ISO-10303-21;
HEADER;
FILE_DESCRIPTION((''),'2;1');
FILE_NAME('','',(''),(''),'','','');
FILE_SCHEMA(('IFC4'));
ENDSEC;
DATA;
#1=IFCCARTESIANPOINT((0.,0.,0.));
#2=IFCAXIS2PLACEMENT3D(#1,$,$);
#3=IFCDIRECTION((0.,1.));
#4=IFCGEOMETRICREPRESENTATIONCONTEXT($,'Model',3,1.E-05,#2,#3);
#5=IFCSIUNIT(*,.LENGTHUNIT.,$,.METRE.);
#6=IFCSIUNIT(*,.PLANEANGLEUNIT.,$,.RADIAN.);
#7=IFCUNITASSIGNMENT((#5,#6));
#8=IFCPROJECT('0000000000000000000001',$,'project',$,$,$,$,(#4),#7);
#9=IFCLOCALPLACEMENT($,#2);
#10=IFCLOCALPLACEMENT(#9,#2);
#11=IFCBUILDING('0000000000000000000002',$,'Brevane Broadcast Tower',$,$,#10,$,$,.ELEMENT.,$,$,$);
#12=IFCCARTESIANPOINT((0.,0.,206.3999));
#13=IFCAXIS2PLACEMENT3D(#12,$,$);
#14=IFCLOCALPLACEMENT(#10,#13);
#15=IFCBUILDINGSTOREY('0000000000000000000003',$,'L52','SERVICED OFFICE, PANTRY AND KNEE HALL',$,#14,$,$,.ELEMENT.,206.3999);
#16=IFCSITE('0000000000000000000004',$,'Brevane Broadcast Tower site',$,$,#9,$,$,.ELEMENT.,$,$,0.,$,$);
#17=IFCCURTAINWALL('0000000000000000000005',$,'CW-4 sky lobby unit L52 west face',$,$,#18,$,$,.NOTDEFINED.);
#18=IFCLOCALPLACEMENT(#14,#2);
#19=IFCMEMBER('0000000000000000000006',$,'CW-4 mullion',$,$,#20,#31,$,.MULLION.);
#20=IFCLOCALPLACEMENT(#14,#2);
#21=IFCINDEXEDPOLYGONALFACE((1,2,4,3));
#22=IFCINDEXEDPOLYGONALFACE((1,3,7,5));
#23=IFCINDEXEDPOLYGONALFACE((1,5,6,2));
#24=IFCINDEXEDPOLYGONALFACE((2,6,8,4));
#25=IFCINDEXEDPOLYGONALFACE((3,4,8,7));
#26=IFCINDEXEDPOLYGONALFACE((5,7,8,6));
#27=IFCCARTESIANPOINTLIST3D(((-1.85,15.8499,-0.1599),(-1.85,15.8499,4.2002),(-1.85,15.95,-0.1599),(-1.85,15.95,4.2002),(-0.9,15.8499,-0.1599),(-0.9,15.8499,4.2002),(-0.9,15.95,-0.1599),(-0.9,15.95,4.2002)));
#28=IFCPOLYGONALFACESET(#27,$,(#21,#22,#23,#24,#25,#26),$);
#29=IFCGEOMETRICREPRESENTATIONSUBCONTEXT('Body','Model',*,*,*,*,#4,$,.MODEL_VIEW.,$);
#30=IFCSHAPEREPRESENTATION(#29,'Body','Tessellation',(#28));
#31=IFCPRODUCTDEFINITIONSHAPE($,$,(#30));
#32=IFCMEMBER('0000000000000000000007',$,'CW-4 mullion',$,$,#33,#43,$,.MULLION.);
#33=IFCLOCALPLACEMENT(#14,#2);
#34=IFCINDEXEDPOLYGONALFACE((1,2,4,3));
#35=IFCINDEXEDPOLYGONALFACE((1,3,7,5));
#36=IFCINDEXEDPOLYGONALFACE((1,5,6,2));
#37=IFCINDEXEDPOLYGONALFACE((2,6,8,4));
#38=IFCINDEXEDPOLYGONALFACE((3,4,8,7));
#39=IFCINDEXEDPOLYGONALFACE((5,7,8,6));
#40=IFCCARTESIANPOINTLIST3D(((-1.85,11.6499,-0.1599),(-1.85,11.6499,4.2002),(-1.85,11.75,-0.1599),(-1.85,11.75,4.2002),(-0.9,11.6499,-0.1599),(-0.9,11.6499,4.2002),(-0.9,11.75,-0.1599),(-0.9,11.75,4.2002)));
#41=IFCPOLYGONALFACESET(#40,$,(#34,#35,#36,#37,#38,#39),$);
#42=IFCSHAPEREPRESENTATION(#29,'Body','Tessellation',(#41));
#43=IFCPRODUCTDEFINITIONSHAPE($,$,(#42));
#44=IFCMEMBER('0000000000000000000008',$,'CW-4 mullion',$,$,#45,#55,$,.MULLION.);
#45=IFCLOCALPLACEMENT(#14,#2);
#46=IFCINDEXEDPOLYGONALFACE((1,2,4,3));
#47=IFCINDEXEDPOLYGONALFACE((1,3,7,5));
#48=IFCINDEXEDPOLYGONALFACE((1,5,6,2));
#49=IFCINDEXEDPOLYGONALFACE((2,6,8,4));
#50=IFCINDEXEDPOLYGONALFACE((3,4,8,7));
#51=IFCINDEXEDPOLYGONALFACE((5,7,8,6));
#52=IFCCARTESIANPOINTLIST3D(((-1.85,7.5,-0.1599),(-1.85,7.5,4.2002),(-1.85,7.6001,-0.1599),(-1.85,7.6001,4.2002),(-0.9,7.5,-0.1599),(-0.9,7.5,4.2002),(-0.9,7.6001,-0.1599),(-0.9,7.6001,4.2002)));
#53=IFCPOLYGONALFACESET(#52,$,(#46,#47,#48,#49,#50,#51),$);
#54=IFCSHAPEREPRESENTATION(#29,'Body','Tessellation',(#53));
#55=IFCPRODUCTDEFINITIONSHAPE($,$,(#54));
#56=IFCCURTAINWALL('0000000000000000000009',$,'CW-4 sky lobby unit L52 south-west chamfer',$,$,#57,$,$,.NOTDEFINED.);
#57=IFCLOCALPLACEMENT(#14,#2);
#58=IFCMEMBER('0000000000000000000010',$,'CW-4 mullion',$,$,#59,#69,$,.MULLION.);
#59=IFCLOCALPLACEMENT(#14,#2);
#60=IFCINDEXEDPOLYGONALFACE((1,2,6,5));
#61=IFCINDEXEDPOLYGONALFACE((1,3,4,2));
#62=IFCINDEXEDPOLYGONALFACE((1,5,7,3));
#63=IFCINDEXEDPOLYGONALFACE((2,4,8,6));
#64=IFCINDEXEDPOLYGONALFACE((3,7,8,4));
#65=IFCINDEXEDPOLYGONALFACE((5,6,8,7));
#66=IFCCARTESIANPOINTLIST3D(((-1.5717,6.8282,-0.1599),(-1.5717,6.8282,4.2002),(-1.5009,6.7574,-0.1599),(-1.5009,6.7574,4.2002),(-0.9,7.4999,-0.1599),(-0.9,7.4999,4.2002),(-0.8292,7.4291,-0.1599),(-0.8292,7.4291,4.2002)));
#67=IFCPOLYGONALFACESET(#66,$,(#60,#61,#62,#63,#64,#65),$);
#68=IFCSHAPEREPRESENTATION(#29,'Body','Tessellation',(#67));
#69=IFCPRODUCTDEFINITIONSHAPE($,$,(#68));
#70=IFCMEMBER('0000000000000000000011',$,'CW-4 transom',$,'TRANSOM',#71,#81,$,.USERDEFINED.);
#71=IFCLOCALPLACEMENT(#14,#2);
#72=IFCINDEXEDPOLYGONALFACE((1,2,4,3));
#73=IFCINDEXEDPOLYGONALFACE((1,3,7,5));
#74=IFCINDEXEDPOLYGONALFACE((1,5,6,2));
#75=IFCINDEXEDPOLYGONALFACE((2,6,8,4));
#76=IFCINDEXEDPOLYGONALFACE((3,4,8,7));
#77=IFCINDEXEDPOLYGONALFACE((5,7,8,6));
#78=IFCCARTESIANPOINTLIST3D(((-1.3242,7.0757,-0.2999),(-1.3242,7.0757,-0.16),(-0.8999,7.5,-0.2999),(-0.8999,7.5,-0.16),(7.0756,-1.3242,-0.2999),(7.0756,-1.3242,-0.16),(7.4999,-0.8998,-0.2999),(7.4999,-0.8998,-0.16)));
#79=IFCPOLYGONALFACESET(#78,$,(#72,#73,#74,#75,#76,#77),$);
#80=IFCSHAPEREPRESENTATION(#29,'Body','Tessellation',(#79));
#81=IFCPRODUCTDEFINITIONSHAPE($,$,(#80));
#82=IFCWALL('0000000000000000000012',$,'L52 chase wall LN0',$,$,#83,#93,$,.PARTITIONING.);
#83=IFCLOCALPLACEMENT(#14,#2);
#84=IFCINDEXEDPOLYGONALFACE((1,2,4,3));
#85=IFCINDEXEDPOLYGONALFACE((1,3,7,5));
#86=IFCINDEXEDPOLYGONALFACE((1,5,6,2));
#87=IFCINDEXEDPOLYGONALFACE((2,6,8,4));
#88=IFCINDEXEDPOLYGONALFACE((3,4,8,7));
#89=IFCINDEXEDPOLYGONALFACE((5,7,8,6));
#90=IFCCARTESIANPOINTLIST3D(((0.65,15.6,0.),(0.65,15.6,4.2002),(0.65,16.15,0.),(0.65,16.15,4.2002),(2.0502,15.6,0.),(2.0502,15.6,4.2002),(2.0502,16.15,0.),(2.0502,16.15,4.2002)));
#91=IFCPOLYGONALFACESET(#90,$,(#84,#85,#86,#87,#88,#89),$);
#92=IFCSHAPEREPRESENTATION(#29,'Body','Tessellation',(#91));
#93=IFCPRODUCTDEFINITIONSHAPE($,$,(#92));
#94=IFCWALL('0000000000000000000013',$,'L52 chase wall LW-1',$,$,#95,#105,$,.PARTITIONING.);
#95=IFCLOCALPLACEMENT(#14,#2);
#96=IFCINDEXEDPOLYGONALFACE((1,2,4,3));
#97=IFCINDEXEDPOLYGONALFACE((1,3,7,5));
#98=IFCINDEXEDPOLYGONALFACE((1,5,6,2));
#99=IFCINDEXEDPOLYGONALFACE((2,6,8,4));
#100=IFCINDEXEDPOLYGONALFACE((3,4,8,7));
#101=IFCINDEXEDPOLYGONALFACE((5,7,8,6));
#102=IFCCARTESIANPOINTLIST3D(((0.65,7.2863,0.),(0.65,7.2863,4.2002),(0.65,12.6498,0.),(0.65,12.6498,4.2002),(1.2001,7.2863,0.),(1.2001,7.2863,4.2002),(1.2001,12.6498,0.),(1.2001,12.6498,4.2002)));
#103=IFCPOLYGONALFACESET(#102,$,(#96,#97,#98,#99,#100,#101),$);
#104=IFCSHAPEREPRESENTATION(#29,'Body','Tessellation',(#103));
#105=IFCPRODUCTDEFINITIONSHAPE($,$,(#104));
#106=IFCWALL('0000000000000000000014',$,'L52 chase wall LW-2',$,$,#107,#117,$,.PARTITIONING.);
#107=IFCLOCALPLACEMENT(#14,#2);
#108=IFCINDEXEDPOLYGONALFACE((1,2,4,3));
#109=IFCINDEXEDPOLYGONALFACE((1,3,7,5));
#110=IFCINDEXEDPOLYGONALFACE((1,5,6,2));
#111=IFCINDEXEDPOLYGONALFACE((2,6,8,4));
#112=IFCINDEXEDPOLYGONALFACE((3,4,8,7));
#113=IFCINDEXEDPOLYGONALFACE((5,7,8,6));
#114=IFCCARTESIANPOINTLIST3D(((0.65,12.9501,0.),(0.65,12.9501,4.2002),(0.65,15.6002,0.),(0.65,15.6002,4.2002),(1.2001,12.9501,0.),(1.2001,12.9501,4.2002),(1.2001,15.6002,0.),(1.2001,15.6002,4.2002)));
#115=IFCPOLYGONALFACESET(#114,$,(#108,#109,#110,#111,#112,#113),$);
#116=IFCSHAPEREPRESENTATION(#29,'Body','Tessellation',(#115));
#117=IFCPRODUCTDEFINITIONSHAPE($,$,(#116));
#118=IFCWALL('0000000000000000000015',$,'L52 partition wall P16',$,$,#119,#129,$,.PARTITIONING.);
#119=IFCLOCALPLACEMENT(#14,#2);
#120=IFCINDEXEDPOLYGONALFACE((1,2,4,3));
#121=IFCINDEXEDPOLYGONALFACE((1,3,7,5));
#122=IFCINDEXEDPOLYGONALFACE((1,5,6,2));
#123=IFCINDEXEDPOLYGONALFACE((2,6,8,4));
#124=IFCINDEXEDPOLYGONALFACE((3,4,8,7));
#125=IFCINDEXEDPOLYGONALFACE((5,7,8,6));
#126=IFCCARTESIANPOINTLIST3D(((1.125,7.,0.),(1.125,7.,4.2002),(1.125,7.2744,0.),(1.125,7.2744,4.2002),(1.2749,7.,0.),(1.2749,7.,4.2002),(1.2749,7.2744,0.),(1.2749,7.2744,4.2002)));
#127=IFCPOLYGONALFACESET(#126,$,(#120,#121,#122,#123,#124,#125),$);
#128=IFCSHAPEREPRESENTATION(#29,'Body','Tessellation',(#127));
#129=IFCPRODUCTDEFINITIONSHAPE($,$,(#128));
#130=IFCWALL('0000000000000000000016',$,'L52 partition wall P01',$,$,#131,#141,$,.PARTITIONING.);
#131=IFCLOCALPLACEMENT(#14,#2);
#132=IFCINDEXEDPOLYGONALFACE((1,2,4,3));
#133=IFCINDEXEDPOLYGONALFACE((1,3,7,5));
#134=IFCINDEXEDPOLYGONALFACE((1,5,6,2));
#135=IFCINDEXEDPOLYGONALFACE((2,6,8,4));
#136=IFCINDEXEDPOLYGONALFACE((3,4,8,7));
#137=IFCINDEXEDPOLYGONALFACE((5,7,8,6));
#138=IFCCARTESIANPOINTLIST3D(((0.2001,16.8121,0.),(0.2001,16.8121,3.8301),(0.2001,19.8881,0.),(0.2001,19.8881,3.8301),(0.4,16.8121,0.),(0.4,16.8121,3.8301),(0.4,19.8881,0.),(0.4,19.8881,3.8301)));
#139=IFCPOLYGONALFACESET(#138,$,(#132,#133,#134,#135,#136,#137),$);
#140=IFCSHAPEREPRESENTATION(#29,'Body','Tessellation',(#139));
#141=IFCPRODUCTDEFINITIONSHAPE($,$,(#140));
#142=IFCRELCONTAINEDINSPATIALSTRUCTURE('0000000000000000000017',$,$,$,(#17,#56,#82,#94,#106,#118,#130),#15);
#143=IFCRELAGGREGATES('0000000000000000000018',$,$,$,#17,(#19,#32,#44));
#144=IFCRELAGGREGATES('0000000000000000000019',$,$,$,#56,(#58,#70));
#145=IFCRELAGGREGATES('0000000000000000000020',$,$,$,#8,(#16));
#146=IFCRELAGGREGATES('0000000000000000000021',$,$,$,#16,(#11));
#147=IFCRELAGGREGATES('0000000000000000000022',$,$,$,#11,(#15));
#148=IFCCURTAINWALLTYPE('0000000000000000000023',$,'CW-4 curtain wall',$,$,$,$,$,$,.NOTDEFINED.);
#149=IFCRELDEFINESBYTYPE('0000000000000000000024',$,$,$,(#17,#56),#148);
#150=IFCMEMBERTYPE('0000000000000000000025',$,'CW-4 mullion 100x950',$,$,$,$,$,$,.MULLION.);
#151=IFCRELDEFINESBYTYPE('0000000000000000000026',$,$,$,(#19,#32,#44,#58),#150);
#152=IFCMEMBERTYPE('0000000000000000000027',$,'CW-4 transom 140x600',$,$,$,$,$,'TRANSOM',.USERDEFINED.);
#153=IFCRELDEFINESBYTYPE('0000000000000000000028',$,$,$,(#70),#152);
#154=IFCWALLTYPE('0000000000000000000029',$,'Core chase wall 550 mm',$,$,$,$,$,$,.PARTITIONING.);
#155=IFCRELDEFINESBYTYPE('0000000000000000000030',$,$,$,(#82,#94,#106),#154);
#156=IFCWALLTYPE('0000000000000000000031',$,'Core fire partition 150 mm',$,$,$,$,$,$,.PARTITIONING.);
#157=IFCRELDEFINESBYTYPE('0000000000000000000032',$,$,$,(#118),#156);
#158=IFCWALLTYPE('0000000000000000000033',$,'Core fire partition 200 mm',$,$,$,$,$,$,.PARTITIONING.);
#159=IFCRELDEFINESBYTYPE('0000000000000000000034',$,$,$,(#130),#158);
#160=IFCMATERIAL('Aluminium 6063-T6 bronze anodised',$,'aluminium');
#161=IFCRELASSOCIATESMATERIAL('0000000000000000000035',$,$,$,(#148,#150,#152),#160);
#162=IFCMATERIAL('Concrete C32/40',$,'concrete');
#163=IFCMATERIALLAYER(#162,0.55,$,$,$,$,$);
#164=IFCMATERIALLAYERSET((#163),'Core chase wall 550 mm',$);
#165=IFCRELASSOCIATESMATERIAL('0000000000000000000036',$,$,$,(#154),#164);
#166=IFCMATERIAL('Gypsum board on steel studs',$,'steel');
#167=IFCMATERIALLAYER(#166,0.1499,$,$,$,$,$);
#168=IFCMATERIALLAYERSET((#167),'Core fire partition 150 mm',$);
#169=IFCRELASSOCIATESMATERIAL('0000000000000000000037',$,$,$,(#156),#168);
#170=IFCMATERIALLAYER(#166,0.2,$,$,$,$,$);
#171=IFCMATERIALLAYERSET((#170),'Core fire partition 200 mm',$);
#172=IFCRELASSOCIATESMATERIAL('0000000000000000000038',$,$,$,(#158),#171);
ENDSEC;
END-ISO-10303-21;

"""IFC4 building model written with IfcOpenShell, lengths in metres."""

from ifc_helpers import new_model, si_unit, direction, frame, frame_2d, origin, origin_2d, place, context, subcontext, project, spatial, rectangle, extrude, material, layer, layer_set, material_profile, profile_set, type_object, element, aggregate, save


model = new_model("IFC4")

# Units and contexts
model_context = context("Model", 3, precision=1e-05, world=origin(), true_north=direction((0.0, 1.0)))
body_context = subcontext(model_context, "Body", "Model", "MODEL_VIEW")
ifc_project = project(units=[si_unit("LENGTHUNIT", "METRE"), si_unit("PLANEANGLEUNIT", "RADIAN")], contexts=[model_context])

# Site, building, storey
site_placement = place(None, origin())
site = spatial("IfcSite", under=ifc_project, at=site_placement, Name="Brevane Broadcast Tower site", CompositionType="ELEMENT", RefElevation=0.0)
building_placement = place(site_placement, origin())
building = spatial("IfcBuilding", under=site, at=building_placement, Name="Brevane Broadcast Tower", CompositionType="ELEMENT")
storey_placement = place(building_placement, frame((0.0, 0.0, 206.3999)))
storey = spatial("IfcBuildingStorey", under=building, at=storey_placement, Name="L52", Description="SERVICED OFFICE, PANTRY AND KNEE HALL", CompositionType="ELEMENT", Elevation=206.3999)

# Curtain walls, members
ifc_material_1 = material(Name="Aluminium 6063-T6 bronze anodised", Category="aluminium")
curtain_wall_type = type_object("IfcCurtainWallType", Name="CW-4 curtain wall", PredefinedType="NOTDEFINED", material=ifc_material_1)
curtain_wall_1_placement = place(storey_placement, origin())
curtain_wall_1 = element("IfcCurtainWall", 1, at=curtain_wall_1_placement, inside=storey, type_object=curtain_wall_type, Name="CW-4 sky lobby unit L52 west face", PredefinedType="NOTDEFINED")
ifc_material_profile_1 = material_profile(ifc_material_1, rectangle(XDim=0.95, YDim=0.1001, at=origin_2d()), Name="RECT 100x950")
ifc_profile_set_1 = profile_set([ifc_material_profile_1], Name="Aluminium 6063-T6 bronze anodised")
member_type_1 = type_object("IfcMemberType", Name="CW-4 mullion 100x950", PredefinedType="MULLION", material=ifc_profile_set_1)
member_1_placement = place(storey_placement, frame((-1.375, 15.8999, -0.1599), z_axis=(0.0, 0.0, 1.0), x_axis=(1.0, 0.0, 0.0)))
member_1 = element("IfcMember", 2, at=member_1_placement, type_object=member_type_1, Name="CW-4 mullion", PredefinedType="MULLION", context=body_context, shape_type="SweptSolid", body=[
    extrude(rectangle(XDim=0.95, YDim=0.1001, at=origin_2d()), origin(), (0.0, 0.0, 1.0), 4.3601),
])
member_2_placement = place(storey_placement, frame((-1.375, 11.7, -0.1599), z_axis=(0.0, 0.0, 1.0), x_axis=(1.0, 0.0, 0.0)))
member_2 = element("IfcMember", 3, at=member_2_placement, type_object=member_type_1, Name="CW-4 mullion", PredefinedType="MULLION", context=body_context, shape_type="SweptSolid", body=[
    extrude(rectangle(XDim=0.95, YDim=0.1001, at=origin_2d()), origin(), (0.0, 0.0, 1.0), 4.3601),
])
member_3_placement = place(storey_placement, frame((-1.375, 7.55, -0.1599), z_axis=(0.0, 0.0, 1.0), x_axis=(1.0, 0.0, 0.0)))
member_3 = element("IfcMember", 4, at=member_3_placement, type_object=member_type_1, Name="CW-4 mullion", PredefinedType="MULLION", context=body_context, shape_type="SweptSolid", body=[
    extrude(rectangle(XDim=0.95, YDim=0.1001, at=origin_2d()), origin(), (0.0, 0.0, 1.0), 4.3601),
])
aggregate(curtain_wall_1, [member_1, member_2, member_3])
curtain_wall_2_placement = place(storey_placement, origin())
curtain_wall_2 = element("IfcCurtainWall", 5, at=curtain_wall_2_placement, inside=storey, type_object=curtain_wall_type, Name="CW-4 sky lobby unit L52 south-west chamfer", PredefinedType="NOTDEFINED")
member_4_placement = place(storey_placement, frame((-1.2004, 7.1287, -0.1599), z_axis=(0.0, 0.0, 1.0), x_axis=(0.707107, 0.707107, 0.0)))
member_4 = element("IfcMember", 6, at=member_4_placement, type_object=member_type_1, Name="CW-4 mullion", PredefinedType="MULLION", context=body_context, shape_type="SweptSolid", body=[
    extrude(rectangle(XDim=0.95, YDim=0.1001, at=origin_2d()), origin(), (0.0, 0.0, 1.0), 4.3601),
])
ifc_material_profile_2 = material_profile(ifc_material_1, rectangle(XDim=0.6001, YDim=0.1399, at=origin_2d()), Name="RECT 140x600")
ifc_profile_set_2 = profile_set([ifc_material_profile_2], Name="Aluminium 6063-T6 bronze anodised")
member_type_2 = type_object("IfcMemberType", Name="CW-4 transom 140x600", ElementType="TRANSOM", PredefinedType="USERDEFINED", material=ifc_profile_set_2)
member_5_placement = place(storey_placement, frame((-1.1121, 7.2878, -0.23), z_axis=(0.707107, -0.707107, 0.0), x_axis=(0.707107, 0.707107, 0.0)))
member_5 = element("IfcMember", 7, at=member_5_placement, type_object=member_type_2, Name="CW-4 transom", ObjectType="TRANSOM", PredefinedType="USERDEFINED", context=body_context, shape_type="SweptSolid", body=[
    extrude(rectangle(XDim=0.6001, YDim=0.1399, at=origin_2d()), origin(), (0.0, 0.0, 1.0), 11.8792),
])
aggregate(curtain_wall_2, [member_4, member_5])

# Walls
ifc_material_2 = material(Name="Concrete C32/40", Category="concrete")
ifc_layer_1 = layer(ifc_material_2, 0.55)
ifc_layer_set_1 = layer_set([ifc_layer_1], Name="Core chase wall 550 mm")
wall_type_1 = type_object("IfcWallType", Name="Core chase wall 550 mm", PredefinedType="PARTITIONING", material=ifc_layer_set_1)
wall_1_placement = place(storey_placement, frame((0.6499, 15.875, 0.0), z_axis=(0.0, 0.0, 1.0), x_axis=(1.0, 0.0, 0.0)))
element("IfcWall", 8, at=wall_1_placement, inside=storey, type_object=wall_type_1, Name="L52 chase wall LN0", PredefinedType="PARTITIONING", context=body_context, shape_type="SweptSolid", body=[
    extrude(rectangle(XDim=1.4001, YDim=0.55, at=frame_2d((0.7002, 0.0))), origin(), (0.0, 0.0, 1.0), 4.2002),
])
wall_2_placement = place(storey_placement, frame((0.925, 7.2864, 0.0), z_axis=(0.0, 0.0, 1.0), x_axis=(0.0, 1.0, 0.0)))
element("IfcWall", 9, at=wall_2_placement, inside=storey, type_object=wall_type_1, Name="L52 chase wall LW-1", PredefinedType="PARTITIONING", context=body_context, shape_type="SweptSolid", body=[
    extrude(rectangle(XDim=5.3635, YDim=0.55, at=frame_2d((2.6816, 0.0))), origin(), (0.0, 0.0, 1.0), 4.2002),
])
wall_3_placement = place(storey_placement, frame((0.925, 12.95, 0.0), z_axis=(0.0, 0.0, 1.0), x_axis=(0.0, 1.0, 0.0)))
element("IfcWall", 10, at=wall_3_placement, inside=storey, type_object=wall_type_1, Name="L52 chase wall LW-2", PredefinedType="PARTITIONING", context=body_context, shape_type="SweptSolid", body=[
    extrude(rectangle(XDim=2.6501, YDim=0.55, at=frame_2d((1.3252, 0.0))), origin(), (0.0, 0.0, 1.0), 4.2002),
])
ifc_material_3 = material(Name="Gypsum board on steel studs", Category="steel")
ifc_layer_2 = layer(ifc_material_3, 0.1499)
ifc_layer_set_2 = layer_set([ifc_layer_2], Name="Core fire partition 150 mm")
wall_type_2 = type_object("IfcWallType", Name="Core fire partition 150 mm", PredefinedType="PARTITIONING", material=ifc_layer_set_2)
wall_4_placement = place(storey_placement, frame((1.2, 7.2744, 0.0), z_axis=(0.0, 0.0, 1.0), x_axis=(0.0, -1.0, 0.0)))
element("IfcWall", 11, at=wall_4_placement, inside=storey, type_object=wall_type_2, Name="L52 partition wall P16", PredefinedType="PARTITIONING", context=body_context, shape_type="SweptSolid", body=[
    extrude(rectangle(XDim=0.2744, YDim=0.1499, at=frame_2d((0.1372, 0.0))), origin(), (0.0, 0.0, 1.0), 4.2002),
])
ifc_layer_3 = layer(ifc_material_3, 0.2)
ifc_layer_set_3 = layer_set([ifc_layer_3], Name="Core fire partition 200 mm")
wall_type_3 = type_object("IfcWallType", Name="Core fire partition 200 mm", PredefinedType="PARTITIONING", material=ifc_layer_set_3)
wall_5_placement = place(storey_placement, frame((0.3, 16.812, 0.0), z_axis=(0.0, 0.0, 1.0), x_axis=(0.0, 1.0, 0.0)))
element("IfcWall", 12, at=wall_5_placement, inside=storey, type_object=wall_type_3, Name="L52 partition wall P01", PredefinedType="PARTITIONING", context=body_context, shape_type="SweptSolid", body=[
    extrude(rectangle(XDim=3.0759, YDim=0.2, at=frame_2d((1.5381, 0.0))), origin(), (0.0, 0.0, 1.0), 3.8301),
])

save(model, "model.ifc")
